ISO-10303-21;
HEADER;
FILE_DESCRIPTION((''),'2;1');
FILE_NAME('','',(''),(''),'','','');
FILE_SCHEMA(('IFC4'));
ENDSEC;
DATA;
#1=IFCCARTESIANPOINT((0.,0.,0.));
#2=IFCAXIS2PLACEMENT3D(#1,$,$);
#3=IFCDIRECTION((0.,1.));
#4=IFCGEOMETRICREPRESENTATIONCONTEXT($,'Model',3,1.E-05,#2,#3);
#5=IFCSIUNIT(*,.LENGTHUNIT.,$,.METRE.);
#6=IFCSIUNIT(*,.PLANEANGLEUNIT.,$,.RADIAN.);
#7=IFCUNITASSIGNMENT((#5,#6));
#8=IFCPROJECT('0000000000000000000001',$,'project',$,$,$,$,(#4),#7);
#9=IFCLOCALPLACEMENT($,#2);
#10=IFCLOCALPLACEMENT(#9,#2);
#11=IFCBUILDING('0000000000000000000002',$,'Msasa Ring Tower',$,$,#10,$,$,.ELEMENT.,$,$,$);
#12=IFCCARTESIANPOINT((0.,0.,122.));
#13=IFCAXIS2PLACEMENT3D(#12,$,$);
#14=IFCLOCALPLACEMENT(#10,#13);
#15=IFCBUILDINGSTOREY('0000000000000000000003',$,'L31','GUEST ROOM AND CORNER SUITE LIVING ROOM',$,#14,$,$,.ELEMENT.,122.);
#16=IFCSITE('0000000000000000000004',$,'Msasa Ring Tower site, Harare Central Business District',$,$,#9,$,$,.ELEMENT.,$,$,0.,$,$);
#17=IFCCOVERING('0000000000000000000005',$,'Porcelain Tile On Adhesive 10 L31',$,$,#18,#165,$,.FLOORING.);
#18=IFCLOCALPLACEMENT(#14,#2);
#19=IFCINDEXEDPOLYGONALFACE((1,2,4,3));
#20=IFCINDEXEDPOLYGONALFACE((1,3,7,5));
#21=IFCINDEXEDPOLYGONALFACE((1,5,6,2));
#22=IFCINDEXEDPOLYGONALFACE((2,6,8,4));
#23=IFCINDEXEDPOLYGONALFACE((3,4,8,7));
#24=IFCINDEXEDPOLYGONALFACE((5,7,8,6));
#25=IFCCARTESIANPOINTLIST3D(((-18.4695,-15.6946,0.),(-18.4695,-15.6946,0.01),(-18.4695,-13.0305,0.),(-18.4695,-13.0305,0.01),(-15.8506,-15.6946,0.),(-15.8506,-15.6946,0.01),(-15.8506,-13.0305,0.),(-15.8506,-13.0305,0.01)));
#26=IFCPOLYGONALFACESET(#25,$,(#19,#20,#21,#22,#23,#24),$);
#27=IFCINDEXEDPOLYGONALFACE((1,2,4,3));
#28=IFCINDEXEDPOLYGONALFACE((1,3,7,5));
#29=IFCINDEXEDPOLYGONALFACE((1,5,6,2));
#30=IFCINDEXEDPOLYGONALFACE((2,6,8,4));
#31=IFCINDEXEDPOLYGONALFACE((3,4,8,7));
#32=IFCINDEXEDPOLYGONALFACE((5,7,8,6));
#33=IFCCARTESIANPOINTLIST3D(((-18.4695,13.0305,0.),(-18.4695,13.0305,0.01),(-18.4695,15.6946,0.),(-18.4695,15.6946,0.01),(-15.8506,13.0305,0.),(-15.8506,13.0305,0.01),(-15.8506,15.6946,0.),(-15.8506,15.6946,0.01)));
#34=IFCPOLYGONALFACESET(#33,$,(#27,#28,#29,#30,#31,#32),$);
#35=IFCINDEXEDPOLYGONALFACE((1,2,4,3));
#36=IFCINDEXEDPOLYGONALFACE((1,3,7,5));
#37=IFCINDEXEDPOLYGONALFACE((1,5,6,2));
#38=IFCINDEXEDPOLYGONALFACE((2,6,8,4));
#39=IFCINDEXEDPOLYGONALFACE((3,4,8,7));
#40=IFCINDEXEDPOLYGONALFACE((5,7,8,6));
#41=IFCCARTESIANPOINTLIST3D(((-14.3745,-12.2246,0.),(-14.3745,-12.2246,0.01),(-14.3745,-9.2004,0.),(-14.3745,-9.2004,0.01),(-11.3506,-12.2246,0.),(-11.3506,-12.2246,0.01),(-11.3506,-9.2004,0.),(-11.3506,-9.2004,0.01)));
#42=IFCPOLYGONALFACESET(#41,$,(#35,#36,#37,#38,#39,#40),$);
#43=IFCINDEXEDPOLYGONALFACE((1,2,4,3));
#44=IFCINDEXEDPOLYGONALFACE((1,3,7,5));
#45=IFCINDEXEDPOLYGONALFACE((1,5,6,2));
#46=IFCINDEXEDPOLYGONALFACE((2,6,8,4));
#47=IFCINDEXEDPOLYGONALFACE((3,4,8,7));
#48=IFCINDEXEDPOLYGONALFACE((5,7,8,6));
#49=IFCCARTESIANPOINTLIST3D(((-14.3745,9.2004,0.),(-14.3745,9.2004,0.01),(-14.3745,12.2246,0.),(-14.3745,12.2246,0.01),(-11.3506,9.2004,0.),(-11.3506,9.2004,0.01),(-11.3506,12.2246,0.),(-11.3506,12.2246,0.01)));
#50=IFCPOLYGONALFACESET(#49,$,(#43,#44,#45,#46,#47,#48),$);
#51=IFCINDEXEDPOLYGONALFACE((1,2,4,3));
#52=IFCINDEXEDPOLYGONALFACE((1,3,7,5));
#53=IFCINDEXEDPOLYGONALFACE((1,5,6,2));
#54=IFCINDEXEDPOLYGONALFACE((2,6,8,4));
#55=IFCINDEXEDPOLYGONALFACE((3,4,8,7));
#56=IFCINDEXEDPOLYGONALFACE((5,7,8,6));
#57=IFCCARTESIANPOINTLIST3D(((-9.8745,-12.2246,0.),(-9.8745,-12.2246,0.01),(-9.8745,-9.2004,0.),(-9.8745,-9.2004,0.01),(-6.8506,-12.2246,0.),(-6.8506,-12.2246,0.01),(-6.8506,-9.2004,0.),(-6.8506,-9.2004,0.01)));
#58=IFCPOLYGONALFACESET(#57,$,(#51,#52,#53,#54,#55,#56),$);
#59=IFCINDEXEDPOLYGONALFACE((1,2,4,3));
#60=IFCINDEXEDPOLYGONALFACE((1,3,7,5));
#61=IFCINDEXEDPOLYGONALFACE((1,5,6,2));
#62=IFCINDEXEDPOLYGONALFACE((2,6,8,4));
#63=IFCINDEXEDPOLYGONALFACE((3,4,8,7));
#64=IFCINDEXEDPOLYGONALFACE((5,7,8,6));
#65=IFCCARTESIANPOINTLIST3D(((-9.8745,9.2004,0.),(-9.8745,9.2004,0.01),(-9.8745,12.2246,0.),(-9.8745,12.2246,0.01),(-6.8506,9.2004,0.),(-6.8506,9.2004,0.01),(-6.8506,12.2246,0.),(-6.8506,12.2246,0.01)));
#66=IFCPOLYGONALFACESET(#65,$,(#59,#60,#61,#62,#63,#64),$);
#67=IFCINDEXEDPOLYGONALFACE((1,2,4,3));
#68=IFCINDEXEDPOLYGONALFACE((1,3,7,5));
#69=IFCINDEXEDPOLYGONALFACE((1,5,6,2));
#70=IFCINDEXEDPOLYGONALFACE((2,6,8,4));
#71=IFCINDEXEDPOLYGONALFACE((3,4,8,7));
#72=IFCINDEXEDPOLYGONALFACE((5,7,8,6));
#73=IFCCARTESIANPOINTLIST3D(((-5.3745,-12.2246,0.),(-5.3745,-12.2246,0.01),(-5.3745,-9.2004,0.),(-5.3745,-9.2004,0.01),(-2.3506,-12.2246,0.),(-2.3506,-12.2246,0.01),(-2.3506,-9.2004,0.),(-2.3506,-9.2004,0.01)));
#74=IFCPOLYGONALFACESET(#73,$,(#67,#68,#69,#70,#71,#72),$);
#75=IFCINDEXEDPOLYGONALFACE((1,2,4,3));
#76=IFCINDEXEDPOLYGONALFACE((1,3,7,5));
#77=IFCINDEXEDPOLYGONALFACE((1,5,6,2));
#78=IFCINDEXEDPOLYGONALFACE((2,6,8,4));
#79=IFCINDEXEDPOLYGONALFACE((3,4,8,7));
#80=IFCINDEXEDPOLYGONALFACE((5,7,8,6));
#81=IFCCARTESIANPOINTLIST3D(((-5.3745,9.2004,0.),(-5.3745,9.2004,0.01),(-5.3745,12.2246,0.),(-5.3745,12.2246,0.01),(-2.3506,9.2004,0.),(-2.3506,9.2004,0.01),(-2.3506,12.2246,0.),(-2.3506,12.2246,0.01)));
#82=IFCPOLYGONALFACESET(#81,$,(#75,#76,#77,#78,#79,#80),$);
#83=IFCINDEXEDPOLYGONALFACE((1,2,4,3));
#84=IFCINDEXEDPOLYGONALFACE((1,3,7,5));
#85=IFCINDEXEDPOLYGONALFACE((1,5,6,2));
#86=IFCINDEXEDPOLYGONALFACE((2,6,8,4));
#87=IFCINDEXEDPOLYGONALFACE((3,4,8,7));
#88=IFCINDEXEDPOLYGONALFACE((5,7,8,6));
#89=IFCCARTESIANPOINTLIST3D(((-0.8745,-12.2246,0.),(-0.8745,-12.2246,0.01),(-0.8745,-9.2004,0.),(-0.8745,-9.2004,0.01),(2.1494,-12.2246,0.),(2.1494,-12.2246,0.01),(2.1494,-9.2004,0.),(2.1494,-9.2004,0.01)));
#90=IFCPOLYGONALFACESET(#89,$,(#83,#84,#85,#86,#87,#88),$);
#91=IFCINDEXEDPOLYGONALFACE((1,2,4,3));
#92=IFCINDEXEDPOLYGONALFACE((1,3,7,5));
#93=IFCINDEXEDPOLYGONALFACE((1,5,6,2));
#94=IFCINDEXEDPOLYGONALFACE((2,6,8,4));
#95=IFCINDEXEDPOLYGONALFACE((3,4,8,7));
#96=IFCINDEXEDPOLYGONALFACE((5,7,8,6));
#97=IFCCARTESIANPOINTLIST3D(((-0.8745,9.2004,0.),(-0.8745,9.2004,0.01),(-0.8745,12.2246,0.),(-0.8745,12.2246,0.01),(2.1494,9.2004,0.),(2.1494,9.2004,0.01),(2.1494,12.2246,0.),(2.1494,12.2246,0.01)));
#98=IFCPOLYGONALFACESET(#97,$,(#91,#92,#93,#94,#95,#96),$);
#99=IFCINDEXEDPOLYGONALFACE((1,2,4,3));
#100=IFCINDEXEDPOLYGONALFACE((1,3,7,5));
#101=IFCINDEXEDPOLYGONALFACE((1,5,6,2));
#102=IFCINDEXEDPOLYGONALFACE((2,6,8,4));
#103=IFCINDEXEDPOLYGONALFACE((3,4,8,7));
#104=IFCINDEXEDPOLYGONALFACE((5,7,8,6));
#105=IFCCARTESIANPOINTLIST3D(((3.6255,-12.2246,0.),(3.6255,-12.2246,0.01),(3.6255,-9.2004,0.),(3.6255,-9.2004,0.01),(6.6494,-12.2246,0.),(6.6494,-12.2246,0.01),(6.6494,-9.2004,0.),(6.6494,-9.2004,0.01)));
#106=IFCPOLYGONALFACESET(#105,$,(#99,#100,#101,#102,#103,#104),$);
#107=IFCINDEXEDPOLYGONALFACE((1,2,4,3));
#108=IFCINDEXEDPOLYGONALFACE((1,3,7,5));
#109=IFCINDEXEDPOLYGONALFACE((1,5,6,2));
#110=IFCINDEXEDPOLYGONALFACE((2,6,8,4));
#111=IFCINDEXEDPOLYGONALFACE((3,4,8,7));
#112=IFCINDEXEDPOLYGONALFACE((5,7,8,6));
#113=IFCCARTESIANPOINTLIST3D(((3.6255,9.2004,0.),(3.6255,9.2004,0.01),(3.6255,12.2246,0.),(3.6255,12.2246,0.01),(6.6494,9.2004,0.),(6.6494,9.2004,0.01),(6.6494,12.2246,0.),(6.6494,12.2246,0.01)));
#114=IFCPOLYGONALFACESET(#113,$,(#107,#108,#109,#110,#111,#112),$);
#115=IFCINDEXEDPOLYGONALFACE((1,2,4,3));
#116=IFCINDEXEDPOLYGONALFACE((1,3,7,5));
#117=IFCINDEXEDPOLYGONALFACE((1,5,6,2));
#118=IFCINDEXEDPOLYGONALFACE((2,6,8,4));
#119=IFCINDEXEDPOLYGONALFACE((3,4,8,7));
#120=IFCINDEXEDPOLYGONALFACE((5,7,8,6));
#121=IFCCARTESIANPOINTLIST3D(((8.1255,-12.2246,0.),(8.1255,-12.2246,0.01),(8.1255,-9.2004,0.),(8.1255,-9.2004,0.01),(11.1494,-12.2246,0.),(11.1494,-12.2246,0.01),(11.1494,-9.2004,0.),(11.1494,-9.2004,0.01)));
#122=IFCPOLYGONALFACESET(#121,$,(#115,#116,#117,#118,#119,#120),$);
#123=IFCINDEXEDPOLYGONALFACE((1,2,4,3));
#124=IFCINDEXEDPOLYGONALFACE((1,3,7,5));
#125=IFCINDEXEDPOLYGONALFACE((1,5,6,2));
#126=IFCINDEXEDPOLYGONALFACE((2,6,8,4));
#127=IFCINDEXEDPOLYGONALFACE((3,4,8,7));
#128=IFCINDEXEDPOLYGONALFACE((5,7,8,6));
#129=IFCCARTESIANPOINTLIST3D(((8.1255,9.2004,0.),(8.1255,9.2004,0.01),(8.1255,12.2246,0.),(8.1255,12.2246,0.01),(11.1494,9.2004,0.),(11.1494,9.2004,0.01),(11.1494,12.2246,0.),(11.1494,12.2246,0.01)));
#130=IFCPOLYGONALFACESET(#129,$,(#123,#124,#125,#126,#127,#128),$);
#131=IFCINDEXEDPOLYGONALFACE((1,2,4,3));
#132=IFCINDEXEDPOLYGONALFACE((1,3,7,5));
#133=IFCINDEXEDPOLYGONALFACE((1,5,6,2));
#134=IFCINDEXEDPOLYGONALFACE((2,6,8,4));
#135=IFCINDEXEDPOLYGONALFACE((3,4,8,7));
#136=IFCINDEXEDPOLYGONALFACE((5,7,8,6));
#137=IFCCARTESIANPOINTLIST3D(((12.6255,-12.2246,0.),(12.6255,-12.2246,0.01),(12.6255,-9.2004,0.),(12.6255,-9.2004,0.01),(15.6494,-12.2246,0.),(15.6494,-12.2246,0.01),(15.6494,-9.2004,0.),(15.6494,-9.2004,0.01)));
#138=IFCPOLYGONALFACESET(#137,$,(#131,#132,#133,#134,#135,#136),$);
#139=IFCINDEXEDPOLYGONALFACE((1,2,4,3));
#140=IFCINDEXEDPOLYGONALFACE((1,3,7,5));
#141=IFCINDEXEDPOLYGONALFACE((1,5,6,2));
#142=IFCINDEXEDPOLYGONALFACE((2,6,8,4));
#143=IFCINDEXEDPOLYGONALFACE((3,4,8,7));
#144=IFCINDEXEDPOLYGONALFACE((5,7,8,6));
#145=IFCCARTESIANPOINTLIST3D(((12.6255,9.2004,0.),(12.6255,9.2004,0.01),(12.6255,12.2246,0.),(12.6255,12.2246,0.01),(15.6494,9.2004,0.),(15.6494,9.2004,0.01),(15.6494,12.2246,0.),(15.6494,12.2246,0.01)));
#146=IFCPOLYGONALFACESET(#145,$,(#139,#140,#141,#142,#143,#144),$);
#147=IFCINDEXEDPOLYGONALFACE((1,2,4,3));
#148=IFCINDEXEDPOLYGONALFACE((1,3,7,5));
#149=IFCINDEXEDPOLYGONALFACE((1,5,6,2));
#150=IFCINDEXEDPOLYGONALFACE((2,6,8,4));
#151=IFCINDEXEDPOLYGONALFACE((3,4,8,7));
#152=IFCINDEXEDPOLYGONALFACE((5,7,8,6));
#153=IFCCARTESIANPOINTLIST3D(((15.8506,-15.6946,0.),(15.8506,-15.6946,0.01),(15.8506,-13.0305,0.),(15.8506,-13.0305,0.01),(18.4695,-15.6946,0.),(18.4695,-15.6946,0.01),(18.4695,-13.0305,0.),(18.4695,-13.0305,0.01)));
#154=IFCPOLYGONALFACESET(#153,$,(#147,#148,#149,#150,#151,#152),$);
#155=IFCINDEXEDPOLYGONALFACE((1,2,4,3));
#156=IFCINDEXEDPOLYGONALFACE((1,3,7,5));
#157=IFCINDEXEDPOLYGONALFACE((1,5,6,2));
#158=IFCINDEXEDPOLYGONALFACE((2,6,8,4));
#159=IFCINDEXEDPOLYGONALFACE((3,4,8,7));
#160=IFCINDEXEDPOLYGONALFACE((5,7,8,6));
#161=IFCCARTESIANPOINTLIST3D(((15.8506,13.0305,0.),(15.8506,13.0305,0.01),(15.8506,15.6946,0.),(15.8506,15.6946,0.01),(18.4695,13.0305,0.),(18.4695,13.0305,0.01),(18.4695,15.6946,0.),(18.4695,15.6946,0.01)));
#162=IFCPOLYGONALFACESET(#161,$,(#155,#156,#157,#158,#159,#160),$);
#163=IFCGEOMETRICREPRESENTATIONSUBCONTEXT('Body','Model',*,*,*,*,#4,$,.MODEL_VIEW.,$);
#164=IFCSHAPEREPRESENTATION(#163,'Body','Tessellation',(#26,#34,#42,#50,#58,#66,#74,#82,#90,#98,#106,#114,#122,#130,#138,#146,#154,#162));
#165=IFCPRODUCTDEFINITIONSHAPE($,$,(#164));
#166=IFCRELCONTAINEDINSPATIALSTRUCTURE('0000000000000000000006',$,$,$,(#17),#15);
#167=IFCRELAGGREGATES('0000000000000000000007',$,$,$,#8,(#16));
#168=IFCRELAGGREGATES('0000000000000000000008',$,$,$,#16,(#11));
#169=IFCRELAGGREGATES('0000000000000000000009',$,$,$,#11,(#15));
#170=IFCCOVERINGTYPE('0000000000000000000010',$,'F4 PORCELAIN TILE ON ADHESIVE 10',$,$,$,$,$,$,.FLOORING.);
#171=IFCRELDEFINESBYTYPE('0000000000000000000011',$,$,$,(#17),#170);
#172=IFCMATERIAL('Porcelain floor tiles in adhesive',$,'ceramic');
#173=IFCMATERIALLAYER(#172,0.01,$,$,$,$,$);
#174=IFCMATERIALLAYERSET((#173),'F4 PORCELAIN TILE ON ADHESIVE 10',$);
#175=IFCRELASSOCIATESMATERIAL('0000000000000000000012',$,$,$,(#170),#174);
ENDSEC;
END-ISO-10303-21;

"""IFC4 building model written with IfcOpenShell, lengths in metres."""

from ifc_helpers import new_model, si_unit, direction, frame, origin, place, context, subcontext, project, spatial, line, indexed_curve, outline, extrude, material, layer, layer_set, type_object, element, save


model = new_model("IFC4")

# Units and contexts
model_context = context("Model", 3, precision=1e-05, world=origin(), true_north=direction((0.0, 1.0)))
body_context = subcontext(model_context, "Body", "Model", "MODEL_VIEW")
ifc_project = project(units=[si_unit("LENGTHUNIT", "METRE"), si_unit("PLANEANGLEUNIT", "RADIAN")], contexts=[model_context])

# Site, building, storey
site_placement = place(None, origin())
site = spatial("IfcSite", under=ifc_project, at=site_placement, Name="Msasa Ring Tower site, Harare Central Business District", CompositionType="ELEMENT", RefElevation=0.0)
building_placement = place(site_placement, origin())
building = spatial("IfcBuilding", under=site, at=building_placement, Name="Msasa Ring Tower", CompositionType="ELEMENT")
storey_placement = place(building_placement, frame((0.0, 0.0, 122.0)))
storey = spatial("IfcBuildingStorey", under=building, at=storey_placement, Name="L31", Description="GUEST ROOM AND CORNER SUITE LIVING ROOM", CompositionType="ELEMENT", Elevation=122.0)

# Covering
ifc_material_1 = material(Name="Porcelain floor tiles in adhesive", Category="ceramic")
ifc_layer_1 = layer(ifc_material_1, 0.01)
ifc_layer_set_1 = layer_set([ifc_layer_1], Name="F4 PORCELAIN TILE ON ADHESIVE 10")
covering_type_1 = type_object("IfcCoveringType", Name="F4 PORCELAIN TILE ON ADHESIVE 10", PredefinedType="FLOORING", material=ifc_layer_set_1)
covering_1_placement = place(storey_placement, origin())
element("IfcCovering", 1, at=covering_1_placement, inside=storey, type_object=covering_type_1, Name="Porcelain Tile On Adhesive 10 L31", PredefinedType="FLOORING", context=body_context, shape_type="SweptSolid", body=[
    extrude(outline(indexed_curve([(-15.8506, -13.0305), (-15.8506, -15.6946), (-18.4695, -15.6946), (-18.4695, -13.0305)], segments=[line(1, 2, 3, 4, 1)], self_intersect=False)), origin(), (0.0, 0.0, 1.0), 0.01),
    extrude(outline(indexed_curve([(-15.8506, 13.0305), (-18.4695, 13.0305), (-18.4695, 15.6946), (-15.8506, 15.6946)], segments=[line(1, 2, 3, 4, 1)], self_intersect=False)), origin(), (0.0, 0.0, 1.0), 0.01),
    extrude(outline(indexed_curve([(-11.3506, -9.2004), (-11.3506, -12.2246), (-14.3745, -12.2246), (-14.3745, -9.2004)], segments=[line(1, 2, 3, 4, 1)], self_intersect=False)), origin(), (0.0, 0.0, 1.0), 0.01),
    extrude(outline(indexed_curve([(-11.3506, 9.2004), (-14.3745, 9.2004), (-14.3745, 12.2246), (-11.3506, 12.2246)], segments=[line(1, 2, 3, 4, 1)], self_intersect=False)), origin(), (0.0, 0.0, 1.0), 0.01),
    extrude(outline(indexed_curve([(-6.8506, -9.2004), (-6.8506, -12.2246), (-9.8745, -12.2246), (-9.8745, -9.2004)], segments=[line(1, 2, 3, 4, 1)], self_intersect=False)), origin(), (0.0, 0.0, 1.0), 0.01),
    extrude(outline(indexed_curve([(-6.8506, 9.2004), (-9.8745, 9.2004), (-9.8745, 12.2246), (-6.8506, 12.2246)], segments=[line(1, 2, 3, 4, 1)], self_intersect=False)), origin(), (0.0, 0.0, 1.0), 0.01),
    extrude(outline(indexed_curve([(-2.3506, -9.2004), (-2.3506, -12.2246), (-5.3745, -12.2246), (-5.3745, -9.2004)], segments=[line(1, 2, 3, 4, 1)], self_intersect=False)), origin(), (0.0, 0.0, 1.0), 0.01),
    extrude(outline(indexed_curve([(-2.3506, 9.2004), (-5.3745, 9.2004), (-5.3745, 12.2246), (-2.3506, 12.2246)], segments=[line(1, 2, 3, 4, 1)], self_intersect=False)), origin(), (0.0, 0.0, 1.0), 0.01),
    extrude(outline(indexed_curve([(2.1494, -9.2004), (2.1494, -12.2246), (-0.8745, -12.2246), (-0.8745, -9.2004)], segments=[line(1, 2, 3, 4, 1)], self_intersect=False)), origin(), (0.0, 0.0, 1.0), 0.01),
    extrude(outline(indexed_curve([(2.1494, 9.2004), (-0.8745, 9.2004), (-0.8745, 12.2246), (2.1494, 12.2246)], segments=[line(1, 2, 3, 4, 1)], self_intersect=False)), origin(), (0.0, 0.0, 1.0), 0.01),
    extrude(outline(indexed_curve([(6.6494, -9.2004), (6.6494, -12.2246), (3.6255, -12.2246), (3.6255, -9.2004)], segments=[line(1, 2, 3, 4, 1)], self_intersect=False)), origin(), (0.0, 0.0, 1.0), 0.01),
    extrude(outline(indexed_curve([(6.6494, 9.2004), (3.6255, 9.2004), (3.6255, 12.2246), (6.6494, 12.2246)], segments=[line(1, 2, 3, 4, 1)], self_intersect=False)), origin(), (0.0, 0.0, 1.0), 0.01),
    extrude(outline(indexed_curve([(11.1494, -9.2004), (11.1494, -12.2246), (8.1255, -12.2246), (8.1255, -9.2004)], segments=[line(1, 2, 3, 4, 1)], self_intersect=False)), origin(), (0.0, 0.0, 1.0), 0.01),
    extrude(outline(indexed_curve([(11.1494, 9.2004), (8.1255, 9.2004), (8.1255, 12.2246), (11.1494, 12.2246)], segments=[line(1, 2, 3, 4, 1)], self_intersect=False)), origin(), (0.0, 0.0, 1.0), 0.01),
    extrude(outline(indexed_curve([(15.6494, -9.2004), (15.6494, -12.2246), (12.6255, -12.2246), (12.6255, -9.2004)], segments=[line(1, 2, 3, 4, 1)], self_intersect=False)), origin(), (0.0, 0.0, 1.0), 0.01),
    extrude(outline(indexed_curve([(15.6494, 9.2004), (12.6255, 9.2004), (12.6255, 12.2246), (15.6494, 12.2246)], segments=[line(1, 2, 3, 4, 1)], self_intersect=False)), origin(), (0.0, 0.0, 1.0), 0.01),
    extrude(outline(indexed_curve([(18.4695, -13.0305), (18.4695, -15.6946), (15.8506, -15.6946), (15.8506, -13.0305)], segments=[line(1, 2, 3, 4, 1)], self_intersect=False)), origin(), (0.0, 0.0, 1.0), 0.01),
    extrude(outline(indexed_curve([(18.4695, 13.0305), (15.8506, 13.0305), (15.8506, 15.6946), (18.4695, 15.6946)], segments=[line(1, 2, 3, 4, 1)], self_intersect=False)), origin(), (0.0, 0.0, 1.0), 0.01),
])

save(model, "model.ifc")
